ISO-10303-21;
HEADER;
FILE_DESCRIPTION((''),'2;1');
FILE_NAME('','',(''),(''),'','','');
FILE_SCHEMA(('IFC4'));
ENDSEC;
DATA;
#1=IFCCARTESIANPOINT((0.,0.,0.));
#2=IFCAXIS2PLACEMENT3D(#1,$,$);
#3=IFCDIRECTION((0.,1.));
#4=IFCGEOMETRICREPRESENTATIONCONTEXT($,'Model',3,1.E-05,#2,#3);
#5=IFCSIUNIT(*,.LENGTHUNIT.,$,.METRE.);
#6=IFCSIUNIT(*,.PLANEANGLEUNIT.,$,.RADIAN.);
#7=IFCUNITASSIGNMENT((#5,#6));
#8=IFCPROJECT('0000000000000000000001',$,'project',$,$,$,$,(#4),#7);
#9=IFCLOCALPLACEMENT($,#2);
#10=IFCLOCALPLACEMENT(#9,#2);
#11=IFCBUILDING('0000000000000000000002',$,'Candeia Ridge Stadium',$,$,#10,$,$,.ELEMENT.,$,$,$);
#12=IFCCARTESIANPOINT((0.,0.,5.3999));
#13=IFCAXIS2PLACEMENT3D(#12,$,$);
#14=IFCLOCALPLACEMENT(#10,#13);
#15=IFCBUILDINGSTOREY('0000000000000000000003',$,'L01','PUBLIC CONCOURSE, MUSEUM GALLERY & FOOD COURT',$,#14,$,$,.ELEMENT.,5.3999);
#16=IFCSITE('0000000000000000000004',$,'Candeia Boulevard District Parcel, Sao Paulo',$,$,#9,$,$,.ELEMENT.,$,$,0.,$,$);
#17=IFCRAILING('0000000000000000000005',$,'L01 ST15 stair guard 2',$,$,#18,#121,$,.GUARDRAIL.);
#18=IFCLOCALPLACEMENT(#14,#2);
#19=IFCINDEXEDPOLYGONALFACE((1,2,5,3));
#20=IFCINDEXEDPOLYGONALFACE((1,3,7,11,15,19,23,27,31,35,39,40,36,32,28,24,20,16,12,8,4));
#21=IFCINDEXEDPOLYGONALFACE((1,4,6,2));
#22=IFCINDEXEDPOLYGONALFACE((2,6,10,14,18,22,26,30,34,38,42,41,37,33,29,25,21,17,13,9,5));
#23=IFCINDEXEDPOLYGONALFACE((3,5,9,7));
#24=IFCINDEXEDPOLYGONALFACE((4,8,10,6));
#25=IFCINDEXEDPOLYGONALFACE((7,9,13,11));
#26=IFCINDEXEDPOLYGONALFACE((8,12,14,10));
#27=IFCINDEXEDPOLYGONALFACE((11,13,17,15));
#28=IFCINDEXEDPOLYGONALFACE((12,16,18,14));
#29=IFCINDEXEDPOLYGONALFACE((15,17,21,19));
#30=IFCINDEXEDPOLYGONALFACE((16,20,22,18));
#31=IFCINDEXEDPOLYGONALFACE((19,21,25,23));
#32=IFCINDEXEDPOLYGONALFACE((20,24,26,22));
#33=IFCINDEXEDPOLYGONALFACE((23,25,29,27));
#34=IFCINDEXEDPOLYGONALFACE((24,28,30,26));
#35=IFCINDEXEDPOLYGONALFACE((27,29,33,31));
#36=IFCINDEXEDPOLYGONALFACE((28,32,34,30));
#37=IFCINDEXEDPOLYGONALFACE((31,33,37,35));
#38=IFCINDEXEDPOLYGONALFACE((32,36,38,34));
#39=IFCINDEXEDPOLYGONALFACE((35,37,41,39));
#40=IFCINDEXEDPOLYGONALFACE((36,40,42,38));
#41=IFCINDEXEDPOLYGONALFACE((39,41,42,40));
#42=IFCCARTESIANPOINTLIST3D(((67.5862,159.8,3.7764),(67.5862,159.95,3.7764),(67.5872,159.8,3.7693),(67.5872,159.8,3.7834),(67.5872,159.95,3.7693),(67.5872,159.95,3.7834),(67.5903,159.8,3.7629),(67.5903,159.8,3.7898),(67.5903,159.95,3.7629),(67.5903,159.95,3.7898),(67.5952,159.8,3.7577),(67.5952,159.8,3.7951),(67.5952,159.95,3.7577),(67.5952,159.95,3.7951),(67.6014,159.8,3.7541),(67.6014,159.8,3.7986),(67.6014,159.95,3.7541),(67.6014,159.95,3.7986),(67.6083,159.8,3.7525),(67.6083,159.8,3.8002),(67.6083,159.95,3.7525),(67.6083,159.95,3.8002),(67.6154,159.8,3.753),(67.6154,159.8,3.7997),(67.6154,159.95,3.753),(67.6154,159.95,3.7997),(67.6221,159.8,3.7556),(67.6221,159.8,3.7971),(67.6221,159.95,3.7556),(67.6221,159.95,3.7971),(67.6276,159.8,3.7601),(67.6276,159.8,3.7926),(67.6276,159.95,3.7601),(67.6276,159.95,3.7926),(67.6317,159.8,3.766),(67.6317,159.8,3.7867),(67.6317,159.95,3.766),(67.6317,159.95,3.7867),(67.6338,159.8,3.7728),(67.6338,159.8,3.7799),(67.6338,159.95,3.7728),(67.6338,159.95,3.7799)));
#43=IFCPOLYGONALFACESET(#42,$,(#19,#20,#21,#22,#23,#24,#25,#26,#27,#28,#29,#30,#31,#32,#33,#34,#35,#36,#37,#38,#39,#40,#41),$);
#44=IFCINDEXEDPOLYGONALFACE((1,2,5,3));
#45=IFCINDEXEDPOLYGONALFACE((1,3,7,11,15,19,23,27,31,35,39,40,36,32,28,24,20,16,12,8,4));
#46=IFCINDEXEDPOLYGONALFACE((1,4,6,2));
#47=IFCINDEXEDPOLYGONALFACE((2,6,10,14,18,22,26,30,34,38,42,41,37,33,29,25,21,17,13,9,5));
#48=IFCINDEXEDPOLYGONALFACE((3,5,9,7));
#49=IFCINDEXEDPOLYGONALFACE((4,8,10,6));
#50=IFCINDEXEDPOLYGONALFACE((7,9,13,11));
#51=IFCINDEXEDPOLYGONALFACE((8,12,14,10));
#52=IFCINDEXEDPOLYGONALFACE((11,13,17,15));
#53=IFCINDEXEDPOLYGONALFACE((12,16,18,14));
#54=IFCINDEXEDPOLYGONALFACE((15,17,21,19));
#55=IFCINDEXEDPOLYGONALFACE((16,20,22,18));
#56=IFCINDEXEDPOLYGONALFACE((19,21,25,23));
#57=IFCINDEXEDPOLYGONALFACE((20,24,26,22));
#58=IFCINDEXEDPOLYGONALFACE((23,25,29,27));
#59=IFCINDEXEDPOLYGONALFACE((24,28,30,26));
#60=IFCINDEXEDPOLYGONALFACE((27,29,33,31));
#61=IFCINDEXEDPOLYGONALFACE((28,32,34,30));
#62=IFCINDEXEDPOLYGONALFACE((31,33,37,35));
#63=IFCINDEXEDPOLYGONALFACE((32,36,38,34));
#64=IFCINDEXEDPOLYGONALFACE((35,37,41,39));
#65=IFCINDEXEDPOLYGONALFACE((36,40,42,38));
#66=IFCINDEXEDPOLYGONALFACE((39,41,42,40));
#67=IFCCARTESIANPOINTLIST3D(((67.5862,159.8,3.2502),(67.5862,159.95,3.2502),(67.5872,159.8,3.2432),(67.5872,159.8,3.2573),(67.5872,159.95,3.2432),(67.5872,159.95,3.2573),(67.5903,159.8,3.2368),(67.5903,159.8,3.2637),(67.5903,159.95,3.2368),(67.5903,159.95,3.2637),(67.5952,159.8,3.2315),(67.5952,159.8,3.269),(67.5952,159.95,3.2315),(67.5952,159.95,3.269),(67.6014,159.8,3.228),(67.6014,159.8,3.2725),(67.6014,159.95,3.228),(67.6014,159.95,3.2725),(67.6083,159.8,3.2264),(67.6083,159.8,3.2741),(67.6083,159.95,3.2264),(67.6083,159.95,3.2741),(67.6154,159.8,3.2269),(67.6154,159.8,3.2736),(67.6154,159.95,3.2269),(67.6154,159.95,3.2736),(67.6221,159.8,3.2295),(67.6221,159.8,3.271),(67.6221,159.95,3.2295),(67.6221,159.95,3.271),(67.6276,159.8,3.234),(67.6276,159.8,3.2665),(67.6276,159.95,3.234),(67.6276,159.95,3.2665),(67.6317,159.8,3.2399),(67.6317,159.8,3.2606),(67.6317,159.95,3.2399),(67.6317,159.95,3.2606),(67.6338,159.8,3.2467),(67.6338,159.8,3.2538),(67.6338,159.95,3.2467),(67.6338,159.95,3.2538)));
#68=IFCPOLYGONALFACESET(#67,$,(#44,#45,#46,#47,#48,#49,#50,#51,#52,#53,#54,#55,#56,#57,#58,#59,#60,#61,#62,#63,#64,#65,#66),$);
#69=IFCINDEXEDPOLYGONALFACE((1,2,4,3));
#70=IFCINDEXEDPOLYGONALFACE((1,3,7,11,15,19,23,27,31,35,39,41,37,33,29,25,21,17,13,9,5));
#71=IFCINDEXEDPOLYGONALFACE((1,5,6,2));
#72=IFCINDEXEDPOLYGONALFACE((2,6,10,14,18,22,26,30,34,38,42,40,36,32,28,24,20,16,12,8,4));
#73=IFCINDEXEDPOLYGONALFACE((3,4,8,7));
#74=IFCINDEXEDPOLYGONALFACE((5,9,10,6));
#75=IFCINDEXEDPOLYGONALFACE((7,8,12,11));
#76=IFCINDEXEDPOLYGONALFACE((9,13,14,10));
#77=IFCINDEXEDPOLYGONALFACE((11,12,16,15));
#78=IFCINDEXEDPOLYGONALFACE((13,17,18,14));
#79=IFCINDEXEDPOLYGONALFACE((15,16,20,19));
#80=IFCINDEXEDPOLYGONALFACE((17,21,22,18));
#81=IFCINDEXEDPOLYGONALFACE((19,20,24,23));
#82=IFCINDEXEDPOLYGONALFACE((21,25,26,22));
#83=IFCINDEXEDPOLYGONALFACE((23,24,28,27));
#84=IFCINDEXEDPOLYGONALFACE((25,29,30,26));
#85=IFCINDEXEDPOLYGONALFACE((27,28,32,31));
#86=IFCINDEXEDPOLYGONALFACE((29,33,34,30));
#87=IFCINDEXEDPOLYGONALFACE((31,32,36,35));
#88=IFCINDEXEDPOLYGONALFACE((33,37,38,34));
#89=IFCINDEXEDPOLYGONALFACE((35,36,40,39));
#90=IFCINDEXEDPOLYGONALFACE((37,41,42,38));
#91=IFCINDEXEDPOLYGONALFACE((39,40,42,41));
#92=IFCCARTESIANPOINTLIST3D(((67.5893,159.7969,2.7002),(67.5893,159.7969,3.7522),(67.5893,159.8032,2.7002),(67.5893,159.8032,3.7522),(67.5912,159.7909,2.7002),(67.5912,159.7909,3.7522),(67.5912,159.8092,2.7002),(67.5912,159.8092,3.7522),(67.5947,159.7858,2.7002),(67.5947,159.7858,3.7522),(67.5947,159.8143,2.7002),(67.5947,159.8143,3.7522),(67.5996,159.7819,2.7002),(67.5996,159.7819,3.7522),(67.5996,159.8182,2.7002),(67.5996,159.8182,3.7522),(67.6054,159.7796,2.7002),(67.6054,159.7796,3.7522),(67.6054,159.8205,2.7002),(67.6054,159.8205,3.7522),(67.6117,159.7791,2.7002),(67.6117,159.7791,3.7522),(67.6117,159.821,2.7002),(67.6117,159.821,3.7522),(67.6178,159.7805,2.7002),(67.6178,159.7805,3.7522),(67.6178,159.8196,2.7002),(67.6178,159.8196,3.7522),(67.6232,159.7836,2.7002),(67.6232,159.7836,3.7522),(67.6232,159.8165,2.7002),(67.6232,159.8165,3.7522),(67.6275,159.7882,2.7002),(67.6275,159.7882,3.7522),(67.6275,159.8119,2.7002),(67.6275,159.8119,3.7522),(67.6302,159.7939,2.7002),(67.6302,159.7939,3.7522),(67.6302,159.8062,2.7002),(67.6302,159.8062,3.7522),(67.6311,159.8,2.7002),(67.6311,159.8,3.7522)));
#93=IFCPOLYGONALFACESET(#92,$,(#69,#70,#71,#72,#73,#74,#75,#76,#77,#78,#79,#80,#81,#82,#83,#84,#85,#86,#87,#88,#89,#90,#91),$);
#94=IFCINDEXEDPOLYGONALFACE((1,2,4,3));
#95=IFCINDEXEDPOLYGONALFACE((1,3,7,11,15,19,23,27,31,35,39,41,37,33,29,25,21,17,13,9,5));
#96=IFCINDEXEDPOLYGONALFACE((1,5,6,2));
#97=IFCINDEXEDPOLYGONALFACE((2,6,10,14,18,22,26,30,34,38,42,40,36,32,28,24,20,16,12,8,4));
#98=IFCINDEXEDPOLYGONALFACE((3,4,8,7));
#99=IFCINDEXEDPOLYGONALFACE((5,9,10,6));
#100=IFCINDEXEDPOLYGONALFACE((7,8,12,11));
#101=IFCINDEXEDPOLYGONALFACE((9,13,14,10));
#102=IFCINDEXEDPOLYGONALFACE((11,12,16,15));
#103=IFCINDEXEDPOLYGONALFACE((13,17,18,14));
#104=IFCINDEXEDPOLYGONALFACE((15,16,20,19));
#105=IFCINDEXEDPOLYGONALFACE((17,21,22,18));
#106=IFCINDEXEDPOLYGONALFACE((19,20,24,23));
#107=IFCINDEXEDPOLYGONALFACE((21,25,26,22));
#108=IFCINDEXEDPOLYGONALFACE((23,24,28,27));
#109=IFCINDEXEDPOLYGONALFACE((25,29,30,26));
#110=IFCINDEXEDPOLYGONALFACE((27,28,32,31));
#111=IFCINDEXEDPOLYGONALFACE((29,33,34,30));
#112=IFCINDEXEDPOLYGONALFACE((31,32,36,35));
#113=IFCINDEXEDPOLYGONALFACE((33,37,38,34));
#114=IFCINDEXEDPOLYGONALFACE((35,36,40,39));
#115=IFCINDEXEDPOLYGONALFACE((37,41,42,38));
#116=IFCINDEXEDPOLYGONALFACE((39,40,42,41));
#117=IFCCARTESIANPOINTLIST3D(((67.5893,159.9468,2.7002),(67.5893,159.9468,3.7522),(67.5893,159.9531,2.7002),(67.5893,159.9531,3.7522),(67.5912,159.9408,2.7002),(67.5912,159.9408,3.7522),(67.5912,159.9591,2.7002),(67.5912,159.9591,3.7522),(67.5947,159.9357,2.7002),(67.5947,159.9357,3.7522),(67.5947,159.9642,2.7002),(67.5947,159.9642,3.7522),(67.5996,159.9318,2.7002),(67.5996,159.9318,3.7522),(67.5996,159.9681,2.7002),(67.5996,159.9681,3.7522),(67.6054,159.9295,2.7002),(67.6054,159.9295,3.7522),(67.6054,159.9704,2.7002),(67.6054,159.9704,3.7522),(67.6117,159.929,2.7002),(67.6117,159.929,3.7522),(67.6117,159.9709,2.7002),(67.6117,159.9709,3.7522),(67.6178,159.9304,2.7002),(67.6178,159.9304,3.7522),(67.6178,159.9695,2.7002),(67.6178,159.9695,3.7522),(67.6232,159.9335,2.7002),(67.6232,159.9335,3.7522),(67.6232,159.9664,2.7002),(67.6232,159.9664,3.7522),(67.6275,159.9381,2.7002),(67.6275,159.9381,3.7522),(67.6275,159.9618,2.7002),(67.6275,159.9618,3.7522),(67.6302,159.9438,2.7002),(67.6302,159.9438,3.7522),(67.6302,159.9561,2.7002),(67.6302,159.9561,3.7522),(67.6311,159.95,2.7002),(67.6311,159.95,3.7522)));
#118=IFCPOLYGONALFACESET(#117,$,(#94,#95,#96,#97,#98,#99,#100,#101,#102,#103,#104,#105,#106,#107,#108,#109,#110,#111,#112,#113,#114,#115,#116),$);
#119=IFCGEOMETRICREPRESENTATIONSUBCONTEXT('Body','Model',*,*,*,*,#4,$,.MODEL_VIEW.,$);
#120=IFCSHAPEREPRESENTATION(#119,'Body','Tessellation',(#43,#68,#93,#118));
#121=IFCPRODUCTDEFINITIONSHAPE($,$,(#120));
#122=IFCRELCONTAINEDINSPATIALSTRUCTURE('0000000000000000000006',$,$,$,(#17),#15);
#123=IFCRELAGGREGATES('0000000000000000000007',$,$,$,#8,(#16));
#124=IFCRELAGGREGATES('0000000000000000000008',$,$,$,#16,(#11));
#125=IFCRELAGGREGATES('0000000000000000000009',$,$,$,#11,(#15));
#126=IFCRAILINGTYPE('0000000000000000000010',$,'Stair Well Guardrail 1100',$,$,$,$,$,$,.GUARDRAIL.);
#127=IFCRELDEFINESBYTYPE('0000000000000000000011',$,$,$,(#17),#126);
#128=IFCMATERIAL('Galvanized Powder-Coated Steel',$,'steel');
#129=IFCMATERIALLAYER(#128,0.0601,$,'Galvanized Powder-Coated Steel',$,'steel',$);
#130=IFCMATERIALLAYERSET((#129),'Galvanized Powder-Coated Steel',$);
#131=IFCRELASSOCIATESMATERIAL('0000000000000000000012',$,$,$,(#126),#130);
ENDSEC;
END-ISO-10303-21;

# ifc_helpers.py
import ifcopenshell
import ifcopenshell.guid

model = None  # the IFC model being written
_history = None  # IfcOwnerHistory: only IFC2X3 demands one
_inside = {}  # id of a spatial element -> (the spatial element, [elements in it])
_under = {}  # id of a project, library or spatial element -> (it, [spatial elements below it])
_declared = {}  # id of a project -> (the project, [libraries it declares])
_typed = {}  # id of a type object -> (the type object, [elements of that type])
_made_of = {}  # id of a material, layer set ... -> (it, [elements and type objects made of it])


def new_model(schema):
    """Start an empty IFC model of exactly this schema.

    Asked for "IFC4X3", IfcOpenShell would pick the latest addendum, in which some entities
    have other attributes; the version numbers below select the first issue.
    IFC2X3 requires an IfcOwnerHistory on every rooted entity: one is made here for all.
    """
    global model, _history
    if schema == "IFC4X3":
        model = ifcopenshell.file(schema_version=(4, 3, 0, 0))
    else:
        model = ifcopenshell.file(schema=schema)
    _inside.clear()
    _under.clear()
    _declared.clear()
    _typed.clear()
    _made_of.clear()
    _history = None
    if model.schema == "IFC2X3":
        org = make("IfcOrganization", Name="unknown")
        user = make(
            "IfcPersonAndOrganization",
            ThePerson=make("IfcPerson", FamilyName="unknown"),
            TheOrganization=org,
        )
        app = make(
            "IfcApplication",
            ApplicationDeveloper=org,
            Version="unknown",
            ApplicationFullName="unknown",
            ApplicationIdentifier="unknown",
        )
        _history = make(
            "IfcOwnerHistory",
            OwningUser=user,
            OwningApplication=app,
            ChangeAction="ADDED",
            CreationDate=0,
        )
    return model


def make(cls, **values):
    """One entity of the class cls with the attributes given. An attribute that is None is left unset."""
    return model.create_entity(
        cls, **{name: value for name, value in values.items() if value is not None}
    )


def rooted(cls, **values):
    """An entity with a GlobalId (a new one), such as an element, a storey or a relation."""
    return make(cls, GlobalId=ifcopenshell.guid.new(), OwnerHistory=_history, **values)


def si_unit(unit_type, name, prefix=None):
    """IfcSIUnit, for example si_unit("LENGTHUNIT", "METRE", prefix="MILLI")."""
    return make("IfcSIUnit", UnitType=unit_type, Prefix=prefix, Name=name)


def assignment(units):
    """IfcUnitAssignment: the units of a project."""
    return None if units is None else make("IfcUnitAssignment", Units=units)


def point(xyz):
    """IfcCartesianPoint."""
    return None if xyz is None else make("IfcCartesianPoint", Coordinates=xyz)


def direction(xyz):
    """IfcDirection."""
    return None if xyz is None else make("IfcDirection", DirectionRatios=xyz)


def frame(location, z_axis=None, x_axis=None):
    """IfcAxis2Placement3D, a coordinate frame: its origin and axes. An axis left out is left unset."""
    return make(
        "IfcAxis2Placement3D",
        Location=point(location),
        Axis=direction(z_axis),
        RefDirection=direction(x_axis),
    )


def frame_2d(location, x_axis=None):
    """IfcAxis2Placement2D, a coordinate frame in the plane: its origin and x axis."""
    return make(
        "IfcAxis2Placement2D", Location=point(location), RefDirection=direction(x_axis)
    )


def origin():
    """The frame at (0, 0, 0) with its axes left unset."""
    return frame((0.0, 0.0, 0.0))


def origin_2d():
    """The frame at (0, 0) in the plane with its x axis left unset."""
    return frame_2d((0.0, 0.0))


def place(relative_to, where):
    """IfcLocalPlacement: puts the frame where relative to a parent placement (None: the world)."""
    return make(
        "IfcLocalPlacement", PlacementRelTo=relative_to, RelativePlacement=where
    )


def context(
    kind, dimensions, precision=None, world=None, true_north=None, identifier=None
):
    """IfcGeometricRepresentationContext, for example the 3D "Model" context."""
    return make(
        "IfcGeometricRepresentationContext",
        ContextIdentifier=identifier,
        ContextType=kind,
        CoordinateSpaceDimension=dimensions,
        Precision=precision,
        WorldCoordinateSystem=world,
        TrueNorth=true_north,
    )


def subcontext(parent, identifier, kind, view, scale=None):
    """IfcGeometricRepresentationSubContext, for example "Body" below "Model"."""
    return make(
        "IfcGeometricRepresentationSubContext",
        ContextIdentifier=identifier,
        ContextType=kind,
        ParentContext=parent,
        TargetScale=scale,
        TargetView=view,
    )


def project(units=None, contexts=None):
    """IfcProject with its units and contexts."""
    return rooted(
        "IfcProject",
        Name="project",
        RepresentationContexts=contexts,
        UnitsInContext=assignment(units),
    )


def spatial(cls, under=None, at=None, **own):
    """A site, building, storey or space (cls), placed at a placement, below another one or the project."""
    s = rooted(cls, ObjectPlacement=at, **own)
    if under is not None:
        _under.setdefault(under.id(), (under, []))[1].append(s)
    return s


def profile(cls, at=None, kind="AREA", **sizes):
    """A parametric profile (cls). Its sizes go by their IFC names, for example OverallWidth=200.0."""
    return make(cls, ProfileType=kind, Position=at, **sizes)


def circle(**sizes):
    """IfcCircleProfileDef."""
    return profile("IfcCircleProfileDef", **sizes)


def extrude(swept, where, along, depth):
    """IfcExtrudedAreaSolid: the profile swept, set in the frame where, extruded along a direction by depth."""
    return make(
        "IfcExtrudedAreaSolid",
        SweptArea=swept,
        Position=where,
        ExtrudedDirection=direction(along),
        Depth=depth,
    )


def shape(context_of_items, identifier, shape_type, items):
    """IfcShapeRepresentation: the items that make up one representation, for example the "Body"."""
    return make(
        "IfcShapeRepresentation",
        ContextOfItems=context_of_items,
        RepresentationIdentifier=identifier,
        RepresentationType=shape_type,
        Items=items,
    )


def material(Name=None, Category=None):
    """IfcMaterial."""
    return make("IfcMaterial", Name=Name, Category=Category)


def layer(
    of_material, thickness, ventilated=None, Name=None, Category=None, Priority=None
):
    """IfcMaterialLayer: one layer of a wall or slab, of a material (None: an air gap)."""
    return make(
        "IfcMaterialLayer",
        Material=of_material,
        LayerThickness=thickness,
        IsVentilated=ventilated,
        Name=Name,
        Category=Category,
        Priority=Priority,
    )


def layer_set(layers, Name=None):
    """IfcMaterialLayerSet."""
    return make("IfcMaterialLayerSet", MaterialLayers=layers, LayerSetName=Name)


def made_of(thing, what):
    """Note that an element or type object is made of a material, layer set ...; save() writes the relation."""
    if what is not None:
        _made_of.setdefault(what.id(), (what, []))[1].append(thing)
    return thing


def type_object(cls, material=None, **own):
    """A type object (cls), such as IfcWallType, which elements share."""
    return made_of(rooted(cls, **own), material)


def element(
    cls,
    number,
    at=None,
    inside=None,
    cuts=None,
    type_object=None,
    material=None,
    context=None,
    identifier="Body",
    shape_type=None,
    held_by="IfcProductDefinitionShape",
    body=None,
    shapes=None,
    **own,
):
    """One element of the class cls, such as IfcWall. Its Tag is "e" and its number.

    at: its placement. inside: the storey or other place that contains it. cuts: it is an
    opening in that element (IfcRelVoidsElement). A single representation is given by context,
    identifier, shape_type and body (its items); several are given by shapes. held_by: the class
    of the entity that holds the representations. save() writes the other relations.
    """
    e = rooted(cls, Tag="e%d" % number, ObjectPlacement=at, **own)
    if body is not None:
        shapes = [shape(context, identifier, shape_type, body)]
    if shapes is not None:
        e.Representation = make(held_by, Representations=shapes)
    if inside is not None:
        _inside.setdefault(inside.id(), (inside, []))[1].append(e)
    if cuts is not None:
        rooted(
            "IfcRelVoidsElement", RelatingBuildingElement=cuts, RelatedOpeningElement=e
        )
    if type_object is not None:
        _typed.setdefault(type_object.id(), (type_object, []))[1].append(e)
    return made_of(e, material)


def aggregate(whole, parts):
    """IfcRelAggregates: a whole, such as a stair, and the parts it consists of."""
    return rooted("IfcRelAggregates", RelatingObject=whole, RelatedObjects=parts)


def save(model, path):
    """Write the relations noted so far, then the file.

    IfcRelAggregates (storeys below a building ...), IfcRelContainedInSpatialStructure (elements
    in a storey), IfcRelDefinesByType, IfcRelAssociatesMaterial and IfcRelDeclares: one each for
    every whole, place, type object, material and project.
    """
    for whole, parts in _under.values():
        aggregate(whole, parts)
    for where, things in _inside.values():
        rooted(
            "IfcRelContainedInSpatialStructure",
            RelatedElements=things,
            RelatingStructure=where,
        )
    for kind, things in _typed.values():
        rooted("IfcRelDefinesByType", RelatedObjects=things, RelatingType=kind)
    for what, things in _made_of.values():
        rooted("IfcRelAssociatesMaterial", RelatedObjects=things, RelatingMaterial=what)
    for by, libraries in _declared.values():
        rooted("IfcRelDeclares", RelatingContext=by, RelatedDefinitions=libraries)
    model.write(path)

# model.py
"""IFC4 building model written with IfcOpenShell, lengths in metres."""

from ifc_helpers import new_model, si_unit, direction, frame, origin, origin_2d, place, context, subcontext, project, spatial, circle, extrude, material, layer, layer_set, type_object, element, save


model = new_model("IFC4")

# Units and contexts
model_context = context("Model", 3, precision=1e-05, world=origin(), true_north=direction((0.0, 1.0)))
body_context = subcontext(model_context, "Body", "Model", "MODEL_VIEW")
ifc_project = project(units=[si_unit("LENGTHUNIT", "METRE"), si_unit("PLANEANGLEUNIT", "RADIAN")], contexts=[model_context])

# Site, building, storey
site_placement = place(None, origin())
site = spatial("IfcSite", under=ifc_project, at=site_placement, Name="Candeia Boulevard District Parcel, Sao Paulo", CompositionType="ELEMENT", RefElevation=0.0)
building_placement = place(site_placement, origin())
building = spatial("IfcBuilding", under=site, at=building_placement, Name="Candeia Ridge Stadium", CompositionType="ELEMENT")
storey_placement = place(building_placement, frame((0.0, 0.0, 5.3999)))
storey = spatial("IfcBuildingStorey", under=building, at=storey_placement, Name="L01", Description="PUBLIC CONCOURSE, MUSEUM GALLERY & FOOD COURT", CompositionType="ELEMENT", Elevation=5.3999)

# Railing
ifc_material_1 = material(Name="Galvanized Powder-Coated Steel", Category="steel")
ifc_layer_1 = layer(ifc_material_1, 0.0601, Name="Galvanized Powder-Coated Steel", Category="steel")
ifc_layer_set_1 = layer_set([ifc_layer_1], Name="Galvanized Powder-Coated Steel")
railing_type_1 = type_object("IfcRailingType", Name="Stair Well Guardrail 1100", PredefinedType="GUARDRAIL", material=ifc_layer_set_1)
railing_1_placement = place(storey_placement, frame((67.6101, 159.8, 2.7002)))
element("IfcRailing", 1, at=railing_1_placement, inside=storey, type_object=railing_type_1, Name="L01 ST15 stair guard 2", PredefinedType="GUARDRAIL", context=body_context, shape_type="SweptSolid", body=[
    extrude(circle(Radius=0.0239, at=origin_2d()), frame((0.0, 0.0, 1.0762), z_axis=(0.0, 1.0, 0.0), x_axis=(-1.0, 0.0, 0.0)), (0.0, 0.0, 1.0), 0.1499),
    extrude(circle(Radius=0.0239, at=origin_2d()), frame((0.0, 0.0, 0.55), z_axis=(0.0, 1.0, 0.0), x_axis=(-1.0, 0.0, 0.0)), (0.0, 0.0, 1.0), 0.1499),
    extrude(circle(Radius=0.021, at=origin_2d()), origin(), (0.0, 0.0, 1.0), 1.052),
    extrude(circle(Radius=0.021, at=origin_2d()), frame((0.0, 0.1499, 0.0)), (0.0, 0.0, 1.0), 1.052),
])

save(model, "model.ifc")
